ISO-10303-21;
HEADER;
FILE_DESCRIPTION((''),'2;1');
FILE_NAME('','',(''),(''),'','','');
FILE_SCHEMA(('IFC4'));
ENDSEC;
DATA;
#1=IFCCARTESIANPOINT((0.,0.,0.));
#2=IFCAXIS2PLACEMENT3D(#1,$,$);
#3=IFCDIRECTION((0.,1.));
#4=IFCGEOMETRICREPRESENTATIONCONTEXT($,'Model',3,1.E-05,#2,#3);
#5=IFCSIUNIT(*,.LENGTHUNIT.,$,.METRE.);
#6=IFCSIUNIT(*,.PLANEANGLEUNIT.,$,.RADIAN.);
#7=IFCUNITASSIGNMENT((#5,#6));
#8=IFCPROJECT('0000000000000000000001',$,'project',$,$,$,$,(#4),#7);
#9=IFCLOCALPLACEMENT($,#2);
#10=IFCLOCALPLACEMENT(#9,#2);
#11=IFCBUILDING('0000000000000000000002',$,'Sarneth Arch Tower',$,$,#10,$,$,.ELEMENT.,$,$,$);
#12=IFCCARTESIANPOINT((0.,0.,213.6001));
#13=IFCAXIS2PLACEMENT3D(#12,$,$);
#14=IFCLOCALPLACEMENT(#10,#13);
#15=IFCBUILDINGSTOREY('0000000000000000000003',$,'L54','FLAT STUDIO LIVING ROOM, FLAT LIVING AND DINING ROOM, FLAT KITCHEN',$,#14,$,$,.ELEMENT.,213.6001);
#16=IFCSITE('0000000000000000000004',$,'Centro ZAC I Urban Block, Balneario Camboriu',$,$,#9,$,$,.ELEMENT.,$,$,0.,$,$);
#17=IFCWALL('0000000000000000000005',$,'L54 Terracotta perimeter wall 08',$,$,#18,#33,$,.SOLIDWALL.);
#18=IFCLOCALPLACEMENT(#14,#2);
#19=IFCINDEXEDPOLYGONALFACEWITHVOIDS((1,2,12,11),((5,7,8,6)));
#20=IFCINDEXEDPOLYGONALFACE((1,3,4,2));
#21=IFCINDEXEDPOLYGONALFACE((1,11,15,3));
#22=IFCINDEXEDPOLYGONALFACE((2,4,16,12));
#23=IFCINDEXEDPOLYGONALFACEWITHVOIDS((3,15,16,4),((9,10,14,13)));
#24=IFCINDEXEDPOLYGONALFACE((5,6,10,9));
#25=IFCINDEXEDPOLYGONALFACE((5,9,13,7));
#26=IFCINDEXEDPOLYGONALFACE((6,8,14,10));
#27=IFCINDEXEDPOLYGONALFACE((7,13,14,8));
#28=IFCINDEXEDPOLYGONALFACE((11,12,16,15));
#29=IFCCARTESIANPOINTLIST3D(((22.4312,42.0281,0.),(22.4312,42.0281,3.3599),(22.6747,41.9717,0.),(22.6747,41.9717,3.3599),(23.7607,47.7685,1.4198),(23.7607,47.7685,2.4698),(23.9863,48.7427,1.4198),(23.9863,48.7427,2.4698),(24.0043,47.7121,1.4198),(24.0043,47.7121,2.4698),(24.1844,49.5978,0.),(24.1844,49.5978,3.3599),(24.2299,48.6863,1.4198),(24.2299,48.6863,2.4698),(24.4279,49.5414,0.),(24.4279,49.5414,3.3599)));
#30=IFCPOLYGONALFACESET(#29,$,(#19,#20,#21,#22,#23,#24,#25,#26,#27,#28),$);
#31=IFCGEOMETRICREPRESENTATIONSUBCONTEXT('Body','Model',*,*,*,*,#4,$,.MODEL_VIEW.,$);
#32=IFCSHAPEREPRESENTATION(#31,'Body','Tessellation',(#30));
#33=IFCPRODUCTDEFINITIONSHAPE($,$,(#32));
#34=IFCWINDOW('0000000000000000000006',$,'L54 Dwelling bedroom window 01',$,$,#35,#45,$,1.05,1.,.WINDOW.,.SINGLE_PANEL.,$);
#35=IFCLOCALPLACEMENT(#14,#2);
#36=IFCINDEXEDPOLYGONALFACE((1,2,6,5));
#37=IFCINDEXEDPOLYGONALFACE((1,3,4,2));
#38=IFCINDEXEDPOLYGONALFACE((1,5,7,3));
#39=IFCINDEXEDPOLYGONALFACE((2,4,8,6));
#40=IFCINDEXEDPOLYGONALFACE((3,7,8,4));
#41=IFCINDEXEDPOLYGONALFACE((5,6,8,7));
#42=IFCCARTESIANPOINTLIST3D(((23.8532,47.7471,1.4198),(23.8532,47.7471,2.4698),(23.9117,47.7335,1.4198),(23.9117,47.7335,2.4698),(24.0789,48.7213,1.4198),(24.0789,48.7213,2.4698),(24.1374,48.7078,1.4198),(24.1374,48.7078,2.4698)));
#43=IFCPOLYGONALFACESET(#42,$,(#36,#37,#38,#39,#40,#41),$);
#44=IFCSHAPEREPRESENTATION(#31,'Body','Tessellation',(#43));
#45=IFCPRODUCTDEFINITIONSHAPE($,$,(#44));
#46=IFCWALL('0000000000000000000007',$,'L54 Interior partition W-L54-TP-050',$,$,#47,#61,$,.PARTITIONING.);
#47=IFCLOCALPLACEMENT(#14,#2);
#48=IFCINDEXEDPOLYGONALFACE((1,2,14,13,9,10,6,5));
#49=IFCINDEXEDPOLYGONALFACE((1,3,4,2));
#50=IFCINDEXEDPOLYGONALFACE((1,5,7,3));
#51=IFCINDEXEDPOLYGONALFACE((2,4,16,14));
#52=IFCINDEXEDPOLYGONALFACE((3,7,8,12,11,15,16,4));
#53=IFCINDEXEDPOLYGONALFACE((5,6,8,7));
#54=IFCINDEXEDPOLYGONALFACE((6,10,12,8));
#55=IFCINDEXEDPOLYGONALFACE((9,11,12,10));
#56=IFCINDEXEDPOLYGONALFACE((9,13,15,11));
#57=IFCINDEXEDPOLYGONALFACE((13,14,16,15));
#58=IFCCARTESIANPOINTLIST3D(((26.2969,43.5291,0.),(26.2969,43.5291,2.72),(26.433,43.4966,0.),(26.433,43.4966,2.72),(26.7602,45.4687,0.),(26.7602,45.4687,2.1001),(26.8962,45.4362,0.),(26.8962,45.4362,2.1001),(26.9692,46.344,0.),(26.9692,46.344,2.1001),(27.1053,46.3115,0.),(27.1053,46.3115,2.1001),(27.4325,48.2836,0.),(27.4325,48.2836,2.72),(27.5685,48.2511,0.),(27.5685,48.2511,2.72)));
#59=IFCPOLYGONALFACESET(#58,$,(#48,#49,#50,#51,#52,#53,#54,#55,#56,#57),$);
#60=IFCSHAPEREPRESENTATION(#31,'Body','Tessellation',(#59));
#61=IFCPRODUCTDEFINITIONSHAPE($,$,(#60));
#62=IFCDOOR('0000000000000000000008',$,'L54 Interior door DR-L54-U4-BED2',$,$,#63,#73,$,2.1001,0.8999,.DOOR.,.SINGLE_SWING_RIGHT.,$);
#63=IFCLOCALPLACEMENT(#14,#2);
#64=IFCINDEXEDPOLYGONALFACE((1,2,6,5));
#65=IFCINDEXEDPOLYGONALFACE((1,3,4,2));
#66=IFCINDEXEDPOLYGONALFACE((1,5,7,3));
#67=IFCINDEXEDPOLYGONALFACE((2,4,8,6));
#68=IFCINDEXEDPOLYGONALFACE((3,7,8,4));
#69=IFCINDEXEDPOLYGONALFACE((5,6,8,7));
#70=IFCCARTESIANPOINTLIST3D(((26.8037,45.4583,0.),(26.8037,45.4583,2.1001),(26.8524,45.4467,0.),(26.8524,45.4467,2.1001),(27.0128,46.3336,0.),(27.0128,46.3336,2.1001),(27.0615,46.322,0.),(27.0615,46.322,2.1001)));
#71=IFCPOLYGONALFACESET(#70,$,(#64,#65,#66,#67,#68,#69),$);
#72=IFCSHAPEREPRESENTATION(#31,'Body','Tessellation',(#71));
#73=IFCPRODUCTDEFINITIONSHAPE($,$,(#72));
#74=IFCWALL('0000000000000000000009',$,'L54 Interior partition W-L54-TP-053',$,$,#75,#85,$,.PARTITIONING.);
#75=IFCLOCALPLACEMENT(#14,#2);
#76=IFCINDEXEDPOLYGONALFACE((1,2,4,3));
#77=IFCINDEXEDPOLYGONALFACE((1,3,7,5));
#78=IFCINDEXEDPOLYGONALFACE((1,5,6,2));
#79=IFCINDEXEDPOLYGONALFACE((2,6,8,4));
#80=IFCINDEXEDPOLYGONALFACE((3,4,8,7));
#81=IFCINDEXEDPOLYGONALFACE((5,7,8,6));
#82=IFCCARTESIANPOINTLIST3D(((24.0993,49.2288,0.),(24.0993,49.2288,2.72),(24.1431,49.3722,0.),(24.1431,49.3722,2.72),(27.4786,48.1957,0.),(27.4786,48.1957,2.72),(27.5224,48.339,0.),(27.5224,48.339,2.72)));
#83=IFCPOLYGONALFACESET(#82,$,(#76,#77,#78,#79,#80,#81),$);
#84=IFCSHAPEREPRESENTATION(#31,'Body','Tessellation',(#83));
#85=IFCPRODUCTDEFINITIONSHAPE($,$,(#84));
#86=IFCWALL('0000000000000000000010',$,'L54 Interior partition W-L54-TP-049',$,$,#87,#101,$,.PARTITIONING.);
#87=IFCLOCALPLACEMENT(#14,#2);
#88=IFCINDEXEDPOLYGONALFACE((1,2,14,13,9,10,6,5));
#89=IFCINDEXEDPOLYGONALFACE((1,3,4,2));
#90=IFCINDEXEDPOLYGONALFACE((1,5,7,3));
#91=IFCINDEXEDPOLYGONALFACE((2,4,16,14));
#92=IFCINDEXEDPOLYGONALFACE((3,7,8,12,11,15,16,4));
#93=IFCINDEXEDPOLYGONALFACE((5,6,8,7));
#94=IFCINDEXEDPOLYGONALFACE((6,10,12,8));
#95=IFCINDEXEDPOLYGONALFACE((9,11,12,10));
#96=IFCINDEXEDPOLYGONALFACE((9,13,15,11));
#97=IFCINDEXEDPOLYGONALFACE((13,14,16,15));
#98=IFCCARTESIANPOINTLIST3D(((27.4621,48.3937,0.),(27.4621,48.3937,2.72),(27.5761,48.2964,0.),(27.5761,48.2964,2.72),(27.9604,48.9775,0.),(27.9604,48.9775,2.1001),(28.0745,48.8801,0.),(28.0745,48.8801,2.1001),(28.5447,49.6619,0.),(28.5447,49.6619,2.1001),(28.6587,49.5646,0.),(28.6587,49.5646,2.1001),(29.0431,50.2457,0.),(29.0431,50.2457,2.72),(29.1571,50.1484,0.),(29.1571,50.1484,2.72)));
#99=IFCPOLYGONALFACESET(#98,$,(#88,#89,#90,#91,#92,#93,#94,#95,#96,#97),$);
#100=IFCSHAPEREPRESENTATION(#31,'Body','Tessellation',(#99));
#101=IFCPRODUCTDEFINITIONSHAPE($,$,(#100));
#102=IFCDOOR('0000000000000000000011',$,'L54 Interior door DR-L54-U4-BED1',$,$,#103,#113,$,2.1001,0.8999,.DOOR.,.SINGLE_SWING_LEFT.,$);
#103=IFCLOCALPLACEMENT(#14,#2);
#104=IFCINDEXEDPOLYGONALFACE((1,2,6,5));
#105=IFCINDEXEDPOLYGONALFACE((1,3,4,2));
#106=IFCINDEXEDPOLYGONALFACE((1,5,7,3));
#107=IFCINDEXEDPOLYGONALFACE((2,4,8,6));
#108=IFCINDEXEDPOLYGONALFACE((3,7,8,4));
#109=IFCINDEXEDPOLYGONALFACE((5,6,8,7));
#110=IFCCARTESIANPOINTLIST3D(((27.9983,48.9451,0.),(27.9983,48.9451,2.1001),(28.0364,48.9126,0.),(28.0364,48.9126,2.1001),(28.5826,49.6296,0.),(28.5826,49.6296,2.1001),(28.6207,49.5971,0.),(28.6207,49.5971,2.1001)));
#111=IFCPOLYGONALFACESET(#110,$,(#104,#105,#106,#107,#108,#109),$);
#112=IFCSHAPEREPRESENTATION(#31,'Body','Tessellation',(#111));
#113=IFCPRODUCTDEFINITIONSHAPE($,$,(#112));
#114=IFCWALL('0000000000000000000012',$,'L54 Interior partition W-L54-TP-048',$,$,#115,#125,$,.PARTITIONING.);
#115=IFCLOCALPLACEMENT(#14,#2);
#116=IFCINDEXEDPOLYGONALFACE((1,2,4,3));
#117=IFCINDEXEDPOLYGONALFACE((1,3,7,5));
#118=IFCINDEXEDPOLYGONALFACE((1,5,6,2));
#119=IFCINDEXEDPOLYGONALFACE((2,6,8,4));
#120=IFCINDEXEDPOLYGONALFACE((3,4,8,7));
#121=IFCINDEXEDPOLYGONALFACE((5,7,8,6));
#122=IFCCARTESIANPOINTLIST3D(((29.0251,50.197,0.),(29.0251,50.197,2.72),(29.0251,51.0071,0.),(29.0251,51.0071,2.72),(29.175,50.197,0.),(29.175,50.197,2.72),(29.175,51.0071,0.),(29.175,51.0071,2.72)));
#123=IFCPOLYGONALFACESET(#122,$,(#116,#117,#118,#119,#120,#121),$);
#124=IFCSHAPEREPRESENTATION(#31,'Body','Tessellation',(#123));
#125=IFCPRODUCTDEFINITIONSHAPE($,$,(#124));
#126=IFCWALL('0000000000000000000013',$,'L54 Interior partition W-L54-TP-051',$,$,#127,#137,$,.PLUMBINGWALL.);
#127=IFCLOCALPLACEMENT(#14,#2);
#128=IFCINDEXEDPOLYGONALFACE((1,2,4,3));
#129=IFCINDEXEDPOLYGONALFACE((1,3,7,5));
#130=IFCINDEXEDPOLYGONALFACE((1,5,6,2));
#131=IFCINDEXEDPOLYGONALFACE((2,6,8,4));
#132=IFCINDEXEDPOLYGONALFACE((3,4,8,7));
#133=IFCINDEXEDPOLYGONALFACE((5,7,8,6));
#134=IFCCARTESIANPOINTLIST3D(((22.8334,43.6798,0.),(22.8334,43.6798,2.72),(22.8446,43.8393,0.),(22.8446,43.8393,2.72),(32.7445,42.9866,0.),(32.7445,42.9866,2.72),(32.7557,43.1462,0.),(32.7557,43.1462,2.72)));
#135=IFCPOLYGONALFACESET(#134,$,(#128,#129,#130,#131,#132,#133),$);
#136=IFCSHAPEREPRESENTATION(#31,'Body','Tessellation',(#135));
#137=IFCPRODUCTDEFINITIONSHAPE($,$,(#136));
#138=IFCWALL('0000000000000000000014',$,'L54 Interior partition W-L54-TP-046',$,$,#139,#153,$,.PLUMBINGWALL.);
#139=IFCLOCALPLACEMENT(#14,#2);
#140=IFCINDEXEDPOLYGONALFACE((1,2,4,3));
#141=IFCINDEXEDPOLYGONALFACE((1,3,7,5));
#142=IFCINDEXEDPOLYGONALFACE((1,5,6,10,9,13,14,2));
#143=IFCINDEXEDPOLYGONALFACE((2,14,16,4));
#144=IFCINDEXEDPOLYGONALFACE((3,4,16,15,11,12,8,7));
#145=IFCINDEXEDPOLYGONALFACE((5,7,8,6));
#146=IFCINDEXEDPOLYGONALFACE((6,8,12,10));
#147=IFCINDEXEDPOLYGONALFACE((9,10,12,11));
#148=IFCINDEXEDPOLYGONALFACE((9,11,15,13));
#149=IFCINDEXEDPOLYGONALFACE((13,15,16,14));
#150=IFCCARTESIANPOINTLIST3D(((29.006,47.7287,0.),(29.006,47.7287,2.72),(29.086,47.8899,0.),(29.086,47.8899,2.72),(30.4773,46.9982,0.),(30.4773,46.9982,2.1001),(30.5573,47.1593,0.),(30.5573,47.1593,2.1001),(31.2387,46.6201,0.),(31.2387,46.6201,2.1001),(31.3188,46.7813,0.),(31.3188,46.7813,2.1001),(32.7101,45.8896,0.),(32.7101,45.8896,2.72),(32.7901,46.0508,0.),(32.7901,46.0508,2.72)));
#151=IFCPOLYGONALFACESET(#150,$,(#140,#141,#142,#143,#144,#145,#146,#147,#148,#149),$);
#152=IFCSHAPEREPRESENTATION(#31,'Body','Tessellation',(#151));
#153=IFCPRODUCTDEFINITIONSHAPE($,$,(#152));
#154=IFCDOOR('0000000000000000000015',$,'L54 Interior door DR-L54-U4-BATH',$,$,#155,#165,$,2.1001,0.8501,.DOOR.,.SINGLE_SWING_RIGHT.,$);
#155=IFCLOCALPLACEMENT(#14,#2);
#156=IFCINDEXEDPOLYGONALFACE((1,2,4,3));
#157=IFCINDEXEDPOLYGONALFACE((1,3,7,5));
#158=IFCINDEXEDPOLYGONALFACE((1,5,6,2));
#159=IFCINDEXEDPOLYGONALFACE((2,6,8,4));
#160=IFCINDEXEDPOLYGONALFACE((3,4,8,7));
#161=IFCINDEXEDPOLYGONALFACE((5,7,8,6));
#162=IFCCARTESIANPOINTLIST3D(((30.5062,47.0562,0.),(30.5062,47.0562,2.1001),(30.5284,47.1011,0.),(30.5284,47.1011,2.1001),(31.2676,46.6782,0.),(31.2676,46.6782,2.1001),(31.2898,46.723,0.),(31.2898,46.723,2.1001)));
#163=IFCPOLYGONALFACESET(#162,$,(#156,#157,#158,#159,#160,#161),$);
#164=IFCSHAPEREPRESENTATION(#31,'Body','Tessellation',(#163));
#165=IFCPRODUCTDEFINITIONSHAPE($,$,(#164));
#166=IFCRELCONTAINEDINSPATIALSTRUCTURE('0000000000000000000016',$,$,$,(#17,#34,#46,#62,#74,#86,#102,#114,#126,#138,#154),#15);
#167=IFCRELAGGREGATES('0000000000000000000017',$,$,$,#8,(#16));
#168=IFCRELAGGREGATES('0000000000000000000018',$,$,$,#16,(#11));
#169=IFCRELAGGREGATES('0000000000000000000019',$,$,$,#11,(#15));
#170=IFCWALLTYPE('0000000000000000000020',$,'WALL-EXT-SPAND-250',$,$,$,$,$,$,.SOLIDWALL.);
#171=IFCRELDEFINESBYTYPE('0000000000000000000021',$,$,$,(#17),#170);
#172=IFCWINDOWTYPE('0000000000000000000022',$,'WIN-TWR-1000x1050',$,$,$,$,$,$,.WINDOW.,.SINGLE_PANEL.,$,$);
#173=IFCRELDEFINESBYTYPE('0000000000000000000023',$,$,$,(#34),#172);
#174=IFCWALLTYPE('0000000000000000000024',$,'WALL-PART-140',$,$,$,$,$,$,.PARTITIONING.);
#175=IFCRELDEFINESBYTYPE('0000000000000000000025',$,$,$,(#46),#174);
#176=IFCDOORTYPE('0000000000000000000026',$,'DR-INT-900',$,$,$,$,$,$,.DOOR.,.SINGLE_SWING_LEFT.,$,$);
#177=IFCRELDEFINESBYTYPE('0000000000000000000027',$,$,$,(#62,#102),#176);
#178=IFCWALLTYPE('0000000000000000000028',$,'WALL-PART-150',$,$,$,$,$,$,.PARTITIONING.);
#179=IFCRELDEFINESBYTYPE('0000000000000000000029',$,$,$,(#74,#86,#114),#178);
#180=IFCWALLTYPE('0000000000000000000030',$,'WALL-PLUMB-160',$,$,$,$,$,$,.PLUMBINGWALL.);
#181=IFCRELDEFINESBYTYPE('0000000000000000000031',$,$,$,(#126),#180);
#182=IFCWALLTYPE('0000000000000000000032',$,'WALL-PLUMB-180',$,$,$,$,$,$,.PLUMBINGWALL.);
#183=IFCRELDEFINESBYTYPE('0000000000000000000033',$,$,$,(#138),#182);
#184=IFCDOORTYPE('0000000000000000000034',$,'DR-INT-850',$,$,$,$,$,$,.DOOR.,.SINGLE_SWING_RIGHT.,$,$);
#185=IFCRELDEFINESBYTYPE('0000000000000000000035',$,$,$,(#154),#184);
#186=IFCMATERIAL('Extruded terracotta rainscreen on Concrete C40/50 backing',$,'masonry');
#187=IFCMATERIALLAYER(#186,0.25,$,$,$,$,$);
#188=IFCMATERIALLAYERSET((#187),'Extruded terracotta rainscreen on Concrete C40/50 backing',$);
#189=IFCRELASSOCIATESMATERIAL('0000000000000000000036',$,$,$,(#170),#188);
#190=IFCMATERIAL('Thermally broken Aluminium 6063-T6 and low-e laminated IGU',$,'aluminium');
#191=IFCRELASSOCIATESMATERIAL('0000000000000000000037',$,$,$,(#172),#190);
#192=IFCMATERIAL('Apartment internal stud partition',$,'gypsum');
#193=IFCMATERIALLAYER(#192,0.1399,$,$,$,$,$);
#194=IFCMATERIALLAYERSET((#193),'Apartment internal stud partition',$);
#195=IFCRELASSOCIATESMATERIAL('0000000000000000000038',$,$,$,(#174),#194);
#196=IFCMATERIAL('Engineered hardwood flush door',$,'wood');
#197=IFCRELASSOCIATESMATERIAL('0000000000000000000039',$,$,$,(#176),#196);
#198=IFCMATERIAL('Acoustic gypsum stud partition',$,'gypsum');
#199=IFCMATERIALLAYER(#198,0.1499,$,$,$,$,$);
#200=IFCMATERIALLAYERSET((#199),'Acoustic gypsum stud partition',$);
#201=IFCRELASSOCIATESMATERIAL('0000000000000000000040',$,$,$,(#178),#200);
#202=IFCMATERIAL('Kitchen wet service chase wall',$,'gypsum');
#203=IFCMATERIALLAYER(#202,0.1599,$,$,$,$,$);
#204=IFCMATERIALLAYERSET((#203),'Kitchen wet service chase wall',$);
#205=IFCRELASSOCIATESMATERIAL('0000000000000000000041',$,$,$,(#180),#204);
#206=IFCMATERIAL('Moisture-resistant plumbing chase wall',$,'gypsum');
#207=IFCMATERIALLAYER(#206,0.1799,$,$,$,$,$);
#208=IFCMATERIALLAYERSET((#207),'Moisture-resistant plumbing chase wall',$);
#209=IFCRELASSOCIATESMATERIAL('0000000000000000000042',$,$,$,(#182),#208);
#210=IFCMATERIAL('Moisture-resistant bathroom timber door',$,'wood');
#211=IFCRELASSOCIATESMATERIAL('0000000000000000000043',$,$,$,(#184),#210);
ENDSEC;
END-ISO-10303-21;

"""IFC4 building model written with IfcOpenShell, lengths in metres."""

from ifc_helpers import new_model, si_unit, direction, frame, frame_2d, origin, place, context, subcontext, project, spatial, rectangle, extrude, material, layer, layer_set, type_object, element, fill, save


model = new_model("IFC4")

# Units and contexts
model_context = context("Model", 3, precision=1e-05, world=origin(), true_north=direction((0.0, 1.0)))
body_context = subcontext(model_context, "Body", "Model", "MODEL_VIEW")
ifc_project = project(units=[si_unit("LENGTHUNIT", "METRE"), si_unit("PLANEANGLEUNIT", "RADIAN")], contexts=[model_context])

# Site, building, storey
site_placement = place(None, origin())
site = spatial("IfcSite", under=ifc_project, at=site_placement, Name="Centro ZAC I Urban Block, Balneario Camboriu", CompositionType="ELEMENT", RefElevation=0.0)
building_placement = place(site_placement, origin())
building = spatial("IfcBuilding", under=site, at=building_placement, Name="Sarneth Arch Tower", CompositionType="ELEMENT")
storey_placement = place(building_placement, frame((0.0, 0.0, 213.6001)))
storey = spatial("IfcBuildingStorey", under=building, at=storey_placement, Name="L54", Description="FLAT STUDIO LIVING ROOM, FLAT LIVING AND DINING ROOM, FLAT KITCHEN", CompositionType="ELEMENT", Elevation=213.6001)

# Wall, opening, window
ifc_material_1 = material(Name="Extruded terracotta rainscreen on Concrete C40/50 backing", Category="masonry")
ifc_layer_1 = layer(ifc_material_1, 0.25)
ifc_layer_set_1 = layer_set([ifc_layer_1], Name="Extruded terracotta rainscreen on Concrete C40/50 backing")
wall_type_1 = type_object("IfcWallType", Name="WALL-EXT-SPAND-250", PredefinedType="SOLIDWALL", material=ifc_layer_set_1)
wall_1_placement = place(storey_placement, frame((24.3062, 49.5696, 0.0), z_axis=(0.0, 0.0, 1.0), x_axis=(-0.225635, -0.974212, 0.0)))
wall_1 = element("IfcWall", 1, at=wall_1_placement, inside=storey, type_object=wall_type_1, Name="L54 Terracotta perimeter wall 08", PredefinedType="SOLIDWALL", context=body_context, shape_type="SweptSolid", body=[
    extrude(rectangle(XDim=7.77, YDim=0.25, at=frame_2d((3.885, 0.0))), origin(), (0.0, 0.0, 1.0), 3.3599),
])
opening_1_placement = place(wall_1_placement, frame((0.8777, 0.0, 1.4199)))
opening_1 = element("IfcOpeningElement", 2, at=opening_1_placement, cuts=wall_1, PredefinedType="OPENING", context=body_context, shape_type="SweptSolid", body=[
    extrude(rectangle(XDim=1.0, YDim=1.05, at=frame_2d((0.5, 0.5249))), frame((0.0, 0.135, 0.0), z_axis=(0.0, -1.0, 0.0), x_axis=(1.0, 0.0, 0.0)), (0.0, 0.0, 1.0), 0.27),
])
ifc_material_2 = material(Name="Thermally broken Aluminium 6063-T6 and low-e laminated IGU", Category="aluminium")
window_type = type_object("IfcWindowType", Name="WIN-TWR-1000x1050", PartitioningType="SINGLE_PANEL", PredefinedType="WINDOW", material=ifc_material_2)
window_placement = place(opening_1_placement, origin())
window = element("IfcWindow", 3, at=window_placement, inside=storey, type_object=window_type, Name="L54 Dwelling bedroom window 01", OverallHeight=1.05, OverallWidth=1.0, PartitioningType="SINGLE_PANEL", PredefinedType="WINDOW", context=body_context, shape_type="SweptSolid", body=[
    extrude(rectangle(XDim=1.0, YDim=1.05, at=frame_2d((0.5, 0.5249))), frame((0.0, 0.03, 0.0), z_axis=(0.0, -1.0, 0.0), x_axis=(1.0, 0.0, 0.0)), (0.0, 0.0, 1.0), 0.0601),
])
fill(opening_1, window)

# Wall, opening, door
ifc_material_3 = material(Name="Apartment internal stud partition", Category="gypsum")
ifc_layer_2 = layer(ifc_material_3, 0.1399)
ifc_layer_set_2 = layer_set([ifc_layer_2], Name="Apartment internal stud partition")
wall_type_2 = type_object("IfcWallType", Name="WALL-PART-140", PredefinedType="PARTITIONING", material=ifc_layer_set_2)
wall_2_placement = place(storey_placement, frame((27.5005, 48.2673, 0.0), z_axis=(0.0, 0.0, 1.0), x_axis=(-0.232298, -0.972645, 0.0)))
wall_2 = element("IfcWall", 4, at=wall_2_placement, inside=storey, type_object=wall_type_2, Name="L54 Interior partition W-L54-TP-050", PredefinedType="PARTITIONING", context=body_context, shape_type="SweptSolid", body=[
    extrude(rectangle(XDim=4.8882, YDim=0.1399, at=frame_2d((2.4441, 0.0))), origin(), (0.0, 0.0, 1.0), 2.72),
])
opening_2_placement = place(wall_2_placement, frame((1.9941, 0.0, 0.0)))
opening_2 = element("IfcOpeningElement", 5, at=opening_2_placement, cuts=wall_2, PredefinedType="OPENING", context=body_context, shape_type="SweptSolid", body=[
    extrude(rectangle(XDim=0.8999, YDim=2.1001, at=frame_2d((0.45, 1.05))), frame((0.0, 0.0798, 0.0), z_axis=(0.0, -1.0, 0.0), x_axis=(1.0, 0.0, 0.0)), (0.0, 0.0, 1.0), 0.1599),
])
ifc_material_4 = material(Name="Engineered hardwood flush door", Category="wood")
door_type_1 = type_object("IfcDoorType", Name="DR-INT-900", OperationType="SINGLE_SWING_LEFT", PredefinedType="DOOR", material=ifc_material_4)
door_1_placement = place(opening_2_placement, origin())
door_1 = element("IfcDoor", 6, at=door_1_placement, inside=storey, type_object=door_type_1, Name="L54 Interior door DR-L54-U4-BED2", OperationType="SINGLE_SWING_RIGHT", OverallHeight=2.1001, OverallWidth=0.8999, PredefinedType="DOOR", context=body_context, shape_type="SweptSolid", body=[
    extrude(rectangle(XDim=0.8999, YDim=2.1001, at=frame_2d((0.45, 1.05))), frame((0.0, 0.0249, 0.0), z_axis=(0.0, -1.0, 0.0), x_axis=(1.0, 0.0, 0.0)), (0.0, 0.0, 1.0), 0.05),
])
fill(opening_2, door_1)

# Wall
ifc_material_5 = material(Name="Acoustic gypsum stud partition", Category="gypsum")
ifc_layer_3 = layer(ifc_material_5, 0.1499)
ifc_layer_set_3 = layer_set([ifc_layer_3], Name="Acoustic gypsum stud partition")
wall_type_3 = type_object("IfcWallType", Name="WALL-PART-150", PredefinedType="PARTITIONING", material=ifc_layer_set_3)
wall_3_placement = place(storey_placement, frame((27.5005, 48.2673, 0.0), z_axis=(0.0, 0.0, 1.0), x_axis=(-0.956303, 0.292377, 0.0)))
element("IfcWall", 7, at=wall_3_placement, inside=storey, type_object=wall_type_3, Name="L54 Interior partition W-L54-TP-053", PredefinedType="PARTITIONING", context=body_context, shape_type="SweptSolid", body=[
    extrude(rectangle(XDim=3.5337, YDim=0.1499, at=frame_2d((1.7668, 0.0))), origin(), (0.0, 0.0, 1.0), 2.72),
])

# Wall, opening, door
wall_4_placement = place(storey_placement, frame((29.1001, 50.197, 0.0), z_axis=(0.0, 0.0, 1.0), x_axis=(-0.649271, -0.760557, 0.0)))
wall_4 = element("IfcWall", 8, at=wall_4_placement, inside=storey, type_object=wall_type_3, Name="L54 Interior partition W-L54-TP-049", PredefinedType="PARTITIONING", context=body_context, shape_type="SweptSolid", body=[
    extrude(rectangle(XDim=2.4351, YDim=0.1499, at=frame_2d((1.2175, 0.0))), origin(), (0.0, 0.0, 1.0), 2.72),
])
opening_3_placement = place(wall_4_placement, frame((0.7676, 0.0, 0.0)))
opening_3 = element("IfcOpeningElement", 9, at=opening_3_placement, cuts=wall_4, PredefinedType="OPENING", context=body_context, shape_type="SweptSolid", body=[
    extrude(rectangle(XDim=0.8999, YDim=2.1001, at=frame_2d((0.45, 1.05))), frame((0.0, 0.085, 0.0), z_axis=(0.0, -1.0, 0.0), x_axis=(1.0, 0.0, 0.0)), (0.0, 0.0, 1.0), 0.1699),
])
door_2_placement = place(opening_3_placement, origin())
door_2 = element("IfcDoor", 10, at=door_2_placement, inside=storey, type_object=door_type_1, Name="L54 Interior door DR-L54-U4-BED1", OperationType="SINGLE_SWING_LEFT", OverallHeight=2.1001, OverallWidth=0.8999, PredefinedType="DOOR", context=body_context, shape_type="SweptSolid", body=[
    extrude(rectangle(XDim=0.8999, YDim=2.1001, at=frame_2d((0.45, 1.05))), frame((0.0, 0.0249, 0.0), z_axis=(0.0, -1.0, 0.0), x_axis=(1.0, 0.0, 0.0)), (0.0, 0.0, 1.0), 0.05),
])
fill(opening_3, door_2)

# Walls
wall_5_placement = place(storey_placement, frame((29.1001, 51.0071, 0.0), z_axis=(0.0, 0.0, 1.0), x_axis=(0.0, -1.0, 0.0)))
element("IfcWall", 11, at=wall_5_placement, inside=storey, type_object=wall_type_3, Name="L54 Interior partition W-L54-TP-048", PredefinedType="PARTITIONING", context=body_context, shape_type="SweptSolid", body=[
    extrude(rectangle(XDim=0.8101, YDim=0.1499, at=frame_2d((0.405, 0.0))), origin(), (0.0, 0.0, 1.0), 2.72),
])
ifc_material_6 = material(Name="Kitchen wet service chase wall", Category="gypsum")
ifc_layer_4 = layer(ifc_material_6, 0.1599)
ifc_layer_set_4 = layer_set([ifc_layer_4], Name="Kitchen wet service chase wall")
wall_type_4 = type_object("IfcWallType", Name="WALL-PLUMB-160", PredefinedType="PLUMBINGWALL", material=ifc_layer_set_4)
wall_6_placement = place(storey_placement, frame((22.8389, 43.7595, 0.0), z_axis=(0.0, 0.0, 1.0), x_axis=(0.997564, -0.069763, 0.0)))
element("IfcWall", 12, at=wall_6_placement, inside=storey, type_object=wall_type_4, Name="L54 Interior partition W-L54-TP-051", PredefinedType="PLUMBINGWALL", context=body_context, shape_type="SweptSolid", body=[
    extrude(rectangle(XDim=9.9353, YDim=0.1599, at=frame_2d((4.9678, 0.0))), origin(), (0.0, 0.0, 1.0), 2.72),
])

# Wall, opening, door
ifc_material_7 = material(Name="Moisture-resistant plumbing chase wall", Category="gypsum")
ifc_layer_5 = layer(ifc_material_7, 0.1799)
ifc_layer_set_5 = layer_set([ifc_layer_5], Name="Moisture-resistant plumbing chase wall")
wall_type_5 = type_object("IfcWallType", Name="WALL-PLUMB-180", PredefinedType="PLUMBINGWALL", material=ifc_layer_set_5)
wall_7_placement = place(storey_placement, frame((29.0459, 47.8093, 0.0), z_axis=(0.0, 0.0, 1.0), x_axis=(0.895675, -0.444709, 0.0)))
wall_7 = element("IfcWall", 13, at=wall_7_placement, inside=storey, type_object=wall_type_5, Name="L54 Interior partition W-L54-TP-046", PredefinedType="PLUMBINGWALL", context=body_context, shape_type="SweptSolid", body=[
    extrude(rectangle(XDim=4.1355, YDim=0.1799, at=frame_2d((2.0679, 0.0))), origin(), (0.0, 0.0, 1.0), 2.72),
])
opening_4_placement = place(wall_7_placement, frame((1.6428, 0.0, 0.0)))
opening_4 = element("IfcOpeningElement", 14, at=opening_4_placement, cuts=wall_7, PredefinedType="OPENING", context=body_context, shape_type="SweptSolid", body=[
    extrude(rectangle(XDim=0.8501, YDim=2.1001, at=frame_2d((0.425, 1.05))), frame((0.0, 0.0999, 0.0), z_axis=(0.0, -1.0, 0.0), x_axis=(1.0, 0.0, 0.0)), (0.0, 0.0, 1.0), 0.2),
])
ifc_material_8 = material(Name="Moisture-resistant bathroom timber door", Category="wood")
door_type_2 = type_object("IfcDoorType", Name="DR-INT-850", OperationType="SINGLE_SWING_RIGHT", PredefinedType="DOOR", material=ifc_material_8)
door_3_placement = place(opening_4_placement, origin())
door_3 = element("IfcDoor", 15, at=door_3_placement, inside=storey, type_object=door_type_2, Name="L54 Interior door DR-L54-U4-BATH", OperationType="SINGLE_SWING_RIGHT", OverallHeight=2.1001, OverallWidth=0.8501, PredefinedType="DOOR", context=body_context, shape_type="SweptSolid", body=[
    extrude(rectangle(XDim=0.8501, YDim=2.1001, at=frame_2d((0.425, 1.05))), frame((0.0, 0.0249, 0.0), z_axis=(0.0, -1.0, 0.0), x_axis=(1.0, 0.0, 0.0)), (0.0, 0.0, 1.0), 0.05),
])
fill(opening_4, door_3)

save(model, "model.ifc")
